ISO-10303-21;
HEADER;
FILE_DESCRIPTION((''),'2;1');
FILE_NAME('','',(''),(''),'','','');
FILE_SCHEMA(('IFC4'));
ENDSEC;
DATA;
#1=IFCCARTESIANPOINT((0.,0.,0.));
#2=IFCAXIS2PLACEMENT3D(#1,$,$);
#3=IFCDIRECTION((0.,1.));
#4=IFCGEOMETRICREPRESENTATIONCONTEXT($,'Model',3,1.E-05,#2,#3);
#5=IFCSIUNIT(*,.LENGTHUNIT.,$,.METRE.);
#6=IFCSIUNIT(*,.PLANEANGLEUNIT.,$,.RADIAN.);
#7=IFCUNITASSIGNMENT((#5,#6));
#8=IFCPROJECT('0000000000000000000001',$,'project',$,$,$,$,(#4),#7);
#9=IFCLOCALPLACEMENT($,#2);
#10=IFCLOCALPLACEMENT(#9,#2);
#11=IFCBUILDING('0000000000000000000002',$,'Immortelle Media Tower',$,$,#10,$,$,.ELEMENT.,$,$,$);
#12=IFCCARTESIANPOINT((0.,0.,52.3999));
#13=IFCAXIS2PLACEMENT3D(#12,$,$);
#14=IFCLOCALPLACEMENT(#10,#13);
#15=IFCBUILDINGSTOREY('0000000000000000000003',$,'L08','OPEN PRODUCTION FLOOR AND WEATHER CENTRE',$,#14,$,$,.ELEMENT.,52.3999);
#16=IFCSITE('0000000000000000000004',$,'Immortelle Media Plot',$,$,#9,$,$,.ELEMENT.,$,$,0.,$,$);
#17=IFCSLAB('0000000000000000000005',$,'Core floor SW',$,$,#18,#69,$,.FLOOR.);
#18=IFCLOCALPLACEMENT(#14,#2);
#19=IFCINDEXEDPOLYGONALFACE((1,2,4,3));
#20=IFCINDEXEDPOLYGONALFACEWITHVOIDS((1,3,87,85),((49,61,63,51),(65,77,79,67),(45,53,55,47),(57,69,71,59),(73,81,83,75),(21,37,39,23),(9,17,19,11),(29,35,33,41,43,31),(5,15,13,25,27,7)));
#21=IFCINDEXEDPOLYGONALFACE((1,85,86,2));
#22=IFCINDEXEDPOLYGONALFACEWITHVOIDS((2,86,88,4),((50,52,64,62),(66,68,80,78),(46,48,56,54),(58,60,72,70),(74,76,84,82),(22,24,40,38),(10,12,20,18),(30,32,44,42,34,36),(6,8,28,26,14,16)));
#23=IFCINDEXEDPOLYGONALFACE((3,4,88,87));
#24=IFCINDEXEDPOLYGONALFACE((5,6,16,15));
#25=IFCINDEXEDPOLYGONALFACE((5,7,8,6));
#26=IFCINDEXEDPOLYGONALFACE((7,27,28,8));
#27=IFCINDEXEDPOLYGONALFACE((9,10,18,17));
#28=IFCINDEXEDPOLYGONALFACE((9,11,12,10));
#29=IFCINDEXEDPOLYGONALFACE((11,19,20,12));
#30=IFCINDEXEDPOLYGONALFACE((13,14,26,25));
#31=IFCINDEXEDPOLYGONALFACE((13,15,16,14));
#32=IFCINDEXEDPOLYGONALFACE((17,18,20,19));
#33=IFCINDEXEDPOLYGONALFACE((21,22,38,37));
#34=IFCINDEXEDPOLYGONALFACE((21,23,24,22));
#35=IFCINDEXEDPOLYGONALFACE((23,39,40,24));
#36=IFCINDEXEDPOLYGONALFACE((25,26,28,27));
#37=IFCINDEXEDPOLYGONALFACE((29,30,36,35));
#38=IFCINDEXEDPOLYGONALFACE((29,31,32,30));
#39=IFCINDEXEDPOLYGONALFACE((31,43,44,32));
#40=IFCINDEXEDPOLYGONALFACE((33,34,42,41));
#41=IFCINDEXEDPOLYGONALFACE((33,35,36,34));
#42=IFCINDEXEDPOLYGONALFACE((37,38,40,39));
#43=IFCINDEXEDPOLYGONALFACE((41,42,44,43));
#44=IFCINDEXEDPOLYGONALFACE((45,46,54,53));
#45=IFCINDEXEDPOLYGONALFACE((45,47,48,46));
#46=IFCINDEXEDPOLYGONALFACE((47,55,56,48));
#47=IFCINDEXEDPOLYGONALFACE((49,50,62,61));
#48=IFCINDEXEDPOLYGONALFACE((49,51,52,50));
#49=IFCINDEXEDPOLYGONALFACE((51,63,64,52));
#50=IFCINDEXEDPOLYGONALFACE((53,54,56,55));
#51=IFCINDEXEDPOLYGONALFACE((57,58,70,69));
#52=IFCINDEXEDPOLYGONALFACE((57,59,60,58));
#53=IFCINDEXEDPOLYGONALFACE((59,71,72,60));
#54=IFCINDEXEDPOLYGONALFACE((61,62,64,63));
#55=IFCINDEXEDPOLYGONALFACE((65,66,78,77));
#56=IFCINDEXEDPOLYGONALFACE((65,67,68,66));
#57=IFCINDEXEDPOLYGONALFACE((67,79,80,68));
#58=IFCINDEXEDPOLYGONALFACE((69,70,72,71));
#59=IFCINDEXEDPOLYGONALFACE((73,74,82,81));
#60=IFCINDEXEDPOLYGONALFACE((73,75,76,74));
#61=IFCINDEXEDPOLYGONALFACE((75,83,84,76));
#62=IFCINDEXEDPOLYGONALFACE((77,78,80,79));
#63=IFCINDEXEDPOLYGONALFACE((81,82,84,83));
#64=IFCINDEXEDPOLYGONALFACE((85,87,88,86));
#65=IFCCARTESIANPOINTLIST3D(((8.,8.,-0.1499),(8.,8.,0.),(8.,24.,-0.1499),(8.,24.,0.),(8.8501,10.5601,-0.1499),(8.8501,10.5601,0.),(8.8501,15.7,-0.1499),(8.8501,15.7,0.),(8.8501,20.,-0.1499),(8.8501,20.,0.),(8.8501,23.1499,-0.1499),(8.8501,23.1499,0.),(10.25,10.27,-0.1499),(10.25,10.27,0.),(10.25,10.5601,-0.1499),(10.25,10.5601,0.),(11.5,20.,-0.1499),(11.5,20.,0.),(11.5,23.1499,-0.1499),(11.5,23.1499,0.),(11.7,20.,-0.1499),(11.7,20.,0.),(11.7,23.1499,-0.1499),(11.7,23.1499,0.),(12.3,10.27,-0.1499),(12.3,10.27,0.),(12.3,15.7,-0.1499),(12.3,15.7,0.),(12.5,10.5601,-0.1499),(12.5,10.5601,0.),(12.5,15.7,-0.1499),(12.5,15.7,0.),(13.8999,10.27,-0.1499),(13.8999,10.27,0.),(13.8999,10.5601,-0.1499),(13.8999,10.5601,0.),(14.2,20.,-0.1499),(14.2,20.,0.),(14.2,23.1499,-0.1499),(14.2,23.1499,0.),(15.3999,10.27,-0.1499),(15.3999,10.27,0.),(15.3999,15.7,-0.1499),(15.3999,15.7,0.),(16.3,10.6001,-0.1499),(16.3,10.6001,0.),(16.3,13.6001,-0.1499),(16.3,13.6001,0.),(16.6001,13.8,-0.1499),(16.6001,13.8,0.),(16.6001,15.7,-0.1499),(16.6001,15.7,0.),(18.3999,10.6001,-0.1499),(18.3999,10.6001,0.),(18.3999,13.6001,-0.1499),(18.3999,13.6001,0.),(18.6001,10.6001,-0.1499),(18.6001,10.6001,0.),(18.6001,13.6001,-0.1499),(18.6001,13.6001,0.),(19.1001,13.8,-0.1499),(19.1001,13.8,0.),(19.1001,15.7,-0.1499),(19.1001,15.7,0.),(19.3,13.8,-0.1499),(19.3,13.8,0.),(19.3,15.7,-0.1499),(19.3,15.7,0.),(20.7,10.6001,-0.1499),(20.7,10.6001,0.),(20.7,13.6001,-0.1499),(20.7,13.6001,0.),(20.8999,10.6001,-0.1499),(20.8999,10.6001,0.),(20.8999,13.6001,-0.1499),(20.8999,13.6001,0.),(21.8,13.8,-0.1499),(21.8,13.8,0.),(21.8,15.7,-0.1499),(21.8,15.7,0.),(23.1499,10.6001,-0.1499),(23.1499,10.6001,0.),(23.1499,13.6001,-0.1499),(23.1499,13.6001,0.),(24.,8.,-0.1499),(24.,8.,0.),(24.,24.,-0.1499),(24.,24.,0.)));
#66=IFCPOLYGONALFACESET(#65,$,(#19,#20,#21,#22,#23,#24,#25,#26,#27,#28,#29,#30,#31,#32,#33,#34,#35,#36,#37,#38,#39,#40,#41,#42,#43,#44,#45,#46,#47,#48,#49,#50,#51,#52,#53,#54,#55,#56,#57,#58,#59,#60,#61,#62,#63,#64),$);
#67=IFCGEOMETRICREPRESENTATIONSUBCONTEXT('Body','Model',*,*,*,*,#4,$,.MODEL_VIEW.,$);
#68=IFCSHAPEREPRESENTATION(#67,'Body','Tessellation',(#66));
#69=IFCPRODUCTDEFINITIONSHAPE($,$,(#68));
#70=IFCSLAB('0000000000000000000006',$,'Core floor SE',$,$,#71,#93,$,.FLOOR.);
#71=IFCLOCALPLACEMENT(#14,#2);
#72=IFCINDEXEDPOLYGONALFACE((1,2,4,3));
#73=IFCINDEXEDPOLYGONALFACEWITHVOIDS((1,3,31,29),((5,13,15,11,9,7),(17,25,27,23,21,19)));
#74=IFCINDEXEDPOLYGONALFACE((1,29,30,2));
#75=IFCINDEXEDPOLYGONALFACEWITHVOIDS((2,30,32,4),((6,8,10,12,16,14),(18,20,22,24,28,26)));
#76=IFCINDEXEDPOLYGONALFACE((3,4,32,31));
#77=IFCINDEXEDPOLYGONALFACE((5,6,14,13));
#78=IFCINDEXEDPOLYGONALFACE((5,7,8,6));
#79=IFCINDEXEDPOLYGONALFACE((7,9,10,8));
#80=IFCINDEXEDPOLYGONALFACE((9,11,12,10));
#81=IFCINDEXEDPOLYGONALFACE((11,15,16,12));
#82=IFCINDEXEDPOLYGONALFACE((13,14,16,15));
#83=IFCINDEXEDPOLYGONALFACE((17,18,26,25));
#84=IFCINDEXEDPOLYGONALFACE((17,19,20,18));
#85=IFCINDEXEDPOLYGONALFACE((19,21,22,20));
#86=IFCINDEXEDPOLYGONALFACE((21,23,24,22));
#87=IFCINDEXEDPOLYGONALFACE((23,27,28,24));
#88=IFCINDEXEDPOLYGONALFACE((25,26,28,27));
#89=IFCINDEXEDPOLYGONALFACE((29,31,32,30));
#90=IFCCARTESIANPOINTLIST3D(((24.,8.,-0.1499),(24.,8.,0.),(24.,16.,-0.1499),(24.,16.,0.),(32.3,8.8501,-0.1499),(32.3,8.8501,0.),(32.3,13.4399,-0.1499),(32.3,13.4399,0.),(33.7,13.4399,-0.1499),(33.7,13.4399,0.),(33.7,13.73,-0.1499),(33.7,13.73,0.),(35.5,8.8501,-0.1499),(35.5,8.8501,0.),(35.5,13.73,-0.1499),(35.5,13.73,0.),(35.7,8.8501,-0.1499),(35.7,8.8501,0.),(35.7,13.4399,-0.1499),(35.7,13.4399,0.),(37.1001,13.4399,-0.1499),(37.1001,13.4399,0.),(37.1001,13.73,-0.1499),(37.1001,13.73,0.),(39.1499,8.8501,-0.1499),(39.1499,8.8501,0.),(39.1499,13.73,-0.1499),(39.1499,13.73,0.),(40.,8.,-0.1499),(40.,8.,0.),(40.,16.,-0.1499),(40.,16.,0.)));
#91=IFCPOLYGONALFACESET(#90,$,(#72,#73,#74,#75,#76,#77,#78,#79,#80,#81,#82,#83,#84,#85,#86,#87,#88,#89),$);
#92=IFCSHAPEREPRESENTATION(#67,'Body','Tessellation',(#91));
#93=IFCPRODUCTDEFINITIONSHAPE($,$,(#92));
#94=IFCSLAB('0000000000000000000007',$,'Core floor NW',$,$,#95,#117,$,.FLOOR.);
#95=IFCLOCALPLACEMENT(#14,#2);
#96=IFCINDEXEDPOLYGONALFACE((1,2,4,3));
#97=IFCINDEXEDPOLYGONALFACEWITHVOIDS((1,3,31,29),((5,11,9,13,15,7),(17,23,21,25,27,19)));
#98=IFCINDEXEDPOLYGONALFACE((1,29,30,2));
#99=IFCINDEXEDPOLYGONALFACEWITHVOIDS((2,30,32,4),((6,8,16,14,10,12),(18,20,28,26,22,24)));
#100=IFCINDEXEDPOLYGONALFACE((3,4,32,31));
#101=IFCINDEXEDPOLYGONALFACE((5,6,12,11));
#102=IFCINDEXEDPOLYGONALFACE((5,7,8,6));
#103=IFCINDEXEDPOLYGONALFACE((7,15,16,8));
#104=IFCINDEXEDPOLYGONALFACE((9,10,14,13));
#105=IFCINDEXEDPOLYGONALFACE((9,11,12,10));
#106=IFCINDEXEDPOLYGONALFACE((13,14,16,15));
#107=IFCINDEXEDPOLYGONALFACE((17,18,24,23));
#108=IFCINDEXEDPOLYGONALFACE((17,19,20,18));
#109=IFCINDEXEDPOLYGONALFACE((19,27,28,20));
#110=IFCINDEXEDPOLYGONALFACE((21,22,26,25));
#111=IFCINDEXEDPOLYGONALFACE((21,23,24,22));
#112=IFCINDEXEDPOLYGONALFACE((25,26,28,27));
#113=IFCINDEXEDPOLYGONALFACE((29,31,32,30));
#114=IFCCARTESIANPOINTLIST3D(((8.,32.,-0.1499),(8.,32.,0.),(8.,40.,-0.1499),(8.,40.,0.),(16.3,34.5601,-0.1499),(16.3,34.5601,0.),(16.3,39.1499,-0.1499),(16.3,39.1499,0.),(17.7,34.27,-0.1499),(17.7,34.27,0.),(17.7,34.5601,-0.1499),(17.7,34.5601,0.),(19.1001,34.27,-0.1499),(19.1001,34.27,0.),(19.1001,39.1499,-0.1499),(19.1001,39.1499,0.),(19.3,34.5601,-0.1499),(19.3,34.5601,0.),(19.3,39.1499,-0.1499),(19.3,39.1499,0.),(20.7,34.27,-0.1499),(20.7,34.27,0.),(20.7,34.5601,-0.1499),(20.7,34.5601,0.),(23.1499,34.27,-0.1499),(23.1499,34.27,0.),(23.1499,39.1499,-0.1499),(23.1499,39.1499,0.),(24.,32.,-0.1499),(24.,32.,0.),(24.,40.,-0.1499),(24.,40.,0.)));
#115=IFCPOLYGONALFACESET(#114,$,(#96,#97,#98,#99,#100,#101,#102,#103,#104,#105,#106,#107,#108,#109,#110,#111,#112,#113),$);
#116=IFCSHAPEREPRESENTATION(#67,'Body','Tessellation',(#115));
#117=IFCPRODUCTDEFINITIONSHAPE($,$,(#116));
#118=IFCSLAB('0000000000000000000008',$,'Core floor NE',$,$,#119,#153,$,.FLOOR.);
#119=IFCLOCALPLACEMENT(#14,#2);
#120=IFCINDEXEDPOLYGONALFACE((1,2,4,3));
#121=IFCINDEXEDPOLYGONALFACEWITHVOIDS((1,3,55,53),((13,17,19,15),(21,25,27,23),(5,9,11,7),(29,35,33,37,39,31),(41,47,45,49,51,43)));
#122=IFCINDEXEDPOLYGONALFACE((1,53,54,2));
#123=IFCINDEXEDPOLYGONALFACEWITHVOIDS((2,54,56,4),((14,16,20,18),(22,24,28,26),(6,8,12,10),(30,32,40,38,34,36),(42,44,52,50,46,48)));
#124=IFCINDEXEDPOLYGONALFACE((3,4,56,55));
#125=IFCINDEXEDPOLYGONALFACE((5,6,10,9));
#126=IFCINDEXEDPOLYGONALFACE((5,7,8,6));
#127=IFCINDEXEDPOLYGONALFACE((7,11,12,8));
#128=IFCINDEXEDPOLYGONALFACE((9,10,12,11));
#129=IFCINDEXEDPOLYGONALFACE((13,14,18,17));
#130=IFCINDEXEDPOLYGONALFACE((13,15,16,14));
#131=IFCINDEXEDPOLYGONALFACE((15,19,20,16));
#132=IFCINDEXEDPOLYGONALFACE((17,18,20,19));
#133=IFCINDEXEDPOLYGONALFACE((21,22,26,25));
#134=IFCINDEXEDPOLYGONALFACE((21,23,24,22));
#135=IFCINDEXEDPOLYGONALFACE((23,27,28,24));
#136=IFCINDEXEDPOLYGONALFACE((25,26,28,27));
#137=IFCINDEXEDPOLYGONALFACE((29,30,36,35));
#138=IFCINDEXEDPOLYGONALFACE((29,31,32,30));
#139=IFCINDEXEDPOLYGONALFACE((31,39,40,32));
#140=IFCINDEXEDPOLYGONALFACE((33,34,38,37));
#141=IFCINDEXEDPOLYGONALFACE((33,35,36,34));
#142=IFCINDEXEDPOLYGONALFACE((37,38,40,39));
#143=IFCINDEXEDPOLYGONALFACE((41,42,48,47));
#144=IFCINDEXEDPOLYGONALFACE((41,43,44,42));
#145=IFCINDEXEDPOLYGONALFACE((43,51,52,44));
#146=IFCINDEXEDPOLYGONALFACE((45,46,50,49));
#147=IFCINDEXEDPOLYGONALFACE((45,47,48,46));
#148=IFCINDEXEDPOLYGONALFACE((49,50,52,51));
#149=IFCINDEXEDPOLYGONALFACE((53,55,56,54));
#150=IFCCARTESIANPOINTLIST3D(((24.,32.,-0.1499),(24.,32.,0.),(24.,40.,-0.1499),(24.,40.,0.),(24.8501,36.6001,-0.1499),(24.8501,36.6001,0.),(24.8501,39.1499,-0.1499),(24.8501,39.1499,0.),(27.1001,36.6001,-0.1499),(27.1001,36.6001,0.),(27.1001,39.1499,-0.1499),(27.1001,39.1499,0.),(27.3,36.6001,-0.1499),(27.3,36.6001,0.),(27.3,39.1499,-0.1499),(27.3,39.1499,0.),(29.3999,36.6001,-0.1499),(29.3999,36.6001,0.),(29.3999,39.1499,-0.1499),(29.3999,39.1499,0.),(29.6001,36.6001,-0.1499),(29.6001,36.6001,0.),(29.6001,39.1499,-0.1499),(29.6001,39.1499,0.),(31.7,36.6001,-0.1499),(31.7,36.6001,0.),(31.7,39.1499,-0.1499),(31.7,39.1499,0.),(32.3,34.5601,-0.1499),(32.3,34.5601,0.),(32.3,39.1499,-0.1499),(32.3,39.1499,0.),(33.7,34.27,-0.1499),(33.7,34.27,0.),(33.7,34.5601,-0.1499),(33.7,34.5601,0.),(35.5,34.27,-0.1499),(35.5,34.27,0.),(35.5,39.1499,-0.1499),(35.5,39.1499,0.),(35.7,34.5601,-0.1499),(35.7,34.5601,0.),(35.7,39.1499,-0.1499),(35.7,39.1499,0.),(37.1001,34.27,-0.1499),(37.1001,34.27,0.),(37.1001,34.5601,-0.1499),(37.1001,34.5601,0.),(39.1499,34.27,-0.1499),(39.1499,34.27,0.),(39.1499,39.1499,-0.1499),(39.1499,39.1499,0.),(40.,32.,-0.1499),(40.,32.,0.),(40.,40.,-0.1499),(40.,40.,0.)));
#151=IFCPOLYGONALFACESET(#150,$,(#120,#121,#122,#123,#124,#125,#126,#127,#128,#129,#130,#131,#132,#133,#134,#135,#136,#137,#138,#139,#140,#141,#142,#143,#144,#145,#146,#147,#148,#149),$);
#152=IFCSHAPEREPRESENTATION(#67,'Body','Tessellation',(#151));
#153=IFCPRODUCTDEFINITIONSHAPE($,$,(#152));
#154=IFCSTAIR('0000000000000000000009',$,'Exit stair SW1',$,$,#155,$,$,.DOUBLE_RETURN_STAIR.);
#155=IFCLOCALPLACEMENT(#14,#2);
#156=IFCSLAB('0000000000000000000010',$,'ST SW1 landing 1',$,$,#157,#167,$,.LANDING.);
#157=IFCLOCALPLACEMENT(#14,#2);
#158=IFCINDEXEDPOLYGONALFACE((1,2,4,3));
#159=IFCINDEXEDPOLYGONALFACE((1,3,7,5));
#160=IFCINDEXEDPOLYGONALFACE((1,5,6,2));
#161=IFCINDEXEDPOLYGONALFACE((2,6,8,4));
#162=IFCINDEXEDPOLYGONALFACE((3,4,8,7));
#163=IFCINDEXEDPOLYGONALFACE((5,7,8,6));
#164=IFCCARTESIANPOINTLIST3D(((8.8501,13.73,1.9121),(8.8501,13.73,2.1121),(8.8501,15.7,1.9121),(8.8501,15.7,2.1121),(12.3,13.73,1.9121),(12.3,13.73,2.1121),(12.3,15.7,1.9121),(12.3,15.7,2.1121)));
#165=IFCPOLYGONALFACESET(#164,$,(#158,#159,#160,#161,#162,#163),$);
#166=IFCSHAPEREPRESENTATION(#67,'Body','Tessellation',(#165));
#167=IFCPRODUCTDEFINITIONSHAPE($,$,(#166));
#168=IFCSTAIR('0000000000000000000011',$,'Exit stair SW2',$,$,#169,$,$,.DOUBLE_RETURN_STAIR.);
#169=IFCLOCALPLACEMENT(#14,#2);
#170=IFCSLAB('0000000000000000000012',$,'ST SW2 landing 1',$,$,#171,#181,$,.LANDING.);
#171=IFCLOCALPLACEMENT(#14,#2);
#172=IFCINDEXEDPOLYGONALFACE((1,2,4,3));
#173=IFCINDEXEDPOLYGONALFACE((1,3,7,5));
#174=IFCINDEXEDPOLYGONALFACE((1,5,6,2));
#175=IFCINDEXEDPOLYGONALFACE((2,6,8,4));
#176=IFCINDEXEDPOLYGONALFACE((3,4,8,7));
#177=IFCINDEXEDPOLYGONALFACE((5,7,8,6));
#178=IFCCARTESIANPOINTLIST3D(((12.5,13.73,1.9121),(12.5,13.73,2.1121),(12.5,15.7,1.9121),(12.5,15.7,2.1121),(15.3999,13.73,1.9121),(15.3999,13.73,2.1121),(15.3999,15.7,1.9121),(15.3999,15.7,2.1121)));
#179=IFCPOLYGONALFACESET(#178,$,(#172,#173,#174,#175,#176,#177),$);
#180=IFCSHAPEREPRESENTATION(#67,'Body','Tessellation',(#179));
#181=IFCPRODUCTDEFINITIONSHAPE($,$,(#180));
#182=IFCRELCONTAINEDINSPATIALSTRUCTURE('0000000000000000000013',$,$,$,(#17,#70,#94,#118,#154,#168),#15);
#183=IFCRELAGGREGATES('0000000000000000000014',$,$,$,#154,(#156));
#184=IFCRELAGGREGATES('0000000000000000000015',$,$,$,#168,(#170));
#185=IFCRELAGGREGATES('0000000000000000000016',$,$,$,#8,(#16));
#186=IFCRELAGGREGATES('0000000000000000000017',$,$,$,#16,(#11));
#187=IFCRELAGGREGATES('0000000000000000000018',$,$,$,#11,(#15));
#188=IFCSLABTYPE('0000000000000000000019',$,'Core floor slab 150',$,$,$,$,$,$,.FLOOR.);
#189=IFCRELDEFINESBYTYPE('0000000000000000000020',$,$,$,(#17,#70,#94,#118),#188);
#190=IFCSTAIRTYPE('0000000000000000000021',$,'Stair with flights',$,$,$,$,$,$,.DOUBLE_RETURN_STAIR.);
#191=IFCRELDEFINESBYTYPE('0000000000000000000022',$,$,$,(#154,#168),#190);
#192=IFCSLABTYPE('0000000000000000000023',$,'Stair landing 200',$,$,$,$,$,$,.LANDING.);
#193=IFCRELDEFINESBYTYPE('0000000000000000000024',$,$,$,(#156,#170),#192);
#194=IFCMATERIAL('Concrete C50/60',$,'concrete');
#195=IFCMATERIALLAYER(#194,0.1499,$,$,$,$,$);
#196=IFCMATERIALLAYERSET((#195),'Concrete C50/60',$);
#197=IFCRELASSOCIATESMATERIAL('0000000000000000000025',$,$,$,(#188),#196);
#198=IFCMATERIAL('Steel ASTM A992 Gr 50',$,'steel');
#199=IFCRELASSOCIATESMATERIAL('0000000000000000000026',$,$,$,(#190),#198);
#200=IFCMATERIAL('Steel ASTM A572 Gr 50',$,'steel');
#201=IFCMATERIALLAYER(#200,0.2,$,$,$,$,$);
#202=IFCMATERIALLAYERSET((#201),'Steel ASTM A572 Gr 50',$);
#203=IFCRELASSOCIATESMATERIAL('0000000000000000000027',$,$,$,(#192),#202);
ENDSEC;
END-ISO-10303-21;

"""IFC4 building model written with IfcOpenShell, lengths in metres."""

from ifc_helpers import new_model, si_unit, direction, frame, origin, place, context, subcontext, project, spatial, polyline, outline, extrude, material, layer, layer_set, type_object, element, aggregate, save


model = new_model("IFC4")

# Units and contexts
model_context = context("Model", 3, precision=1e-05, world=origin(), true_north=direction((0.0, 1.0)))
body_context = subcontext(model_context, "Body", "Model", "MODEL_VIEW")
ifc_project = project(units=[si_unit("LENGTHUNIT", "METRE"), si_unit("PLANEANGLEUNIT", "RADIAN")], contexts=[model_context])

# Site, building, storey
site_placement = place(None, origin())
site = spatial("IfcSite", under=ifc_project, at=site_placement, Name="Immortelle Media Plot", CompositionType="ELEMENT", RefElevation=0.0)
building_placement = place(site_placement, origin())
building = spatial("IfcBuilding", under=site, at=building_placement, Name="Immortelle Media Tower", CompositionType="ELEMENT")
storey_placement = place(building_placement, frame((0.0, 0.0, 52.3999)))
storey = spatial("IfcBuildingStorey", under=building, at=storey_placement, Name="L08", Description="OPEN PRODUCTION FLOOR AND WEATHER CENTRE", CompositionType="ELEMENT", Elevation=52.3999)

# Slabs
ifc_material_1 = material(Name="Concrete C50/60", Category="concrete")
ifc_layer_1 = layer(ifc_material_1, 0.1499)
ifc_layer_set_1 = layer_set([ifc_layer_1], Name="Concrete C50/60")
slab_type_1 = type_object("IfcSlabType", Name="Core floor slab 150", PredefinedType="FLOOR", material=ifc_layer_set_1)
slab_1_placement = place(storey_placement, frame((0.0, 0.0, -0.1499)))
element("IfcSlab", 1, at=slab_1_placement, inside=storey, type_object=slab_type_1, Name="Core floor SW", PredefinedType="FLOOR", context=body_context, shape_type="SweptSolid", body=[
    extrude(outline(polyline([(8.0, 8.0), (24.0, 8.0), (24.0, 24.0), (8.0, 24.0), (8.0, 8.0)]), holes=[polyline([(8.8501, 20.0), (11.5, 20.0), (11.5, 23.1499), (8.8501, 23.1499), (8.8501, 20.0)]), polyline([(11.7, 20.0), (14.2, 20.0), (14.2, 23.1499), (11.7, 23.1499), (11.7, 20.0)]), polyline([(16.6001, 13.8), (19.1001, 13.8), (19.1001, 15.7), (16.6001, 15.7), (16.6001, 13.8)]), polyline([(19.3, 13.8), (21.8, 13.8), (21.8, 15.7), (19.3, 15.7), (19.3, 13.8)]), polyline([(16.3, 10.6001), (18.3999, 10.6001), (18.3999, 13.6001), (16.3, 13.6001), (16.3, 10.6001)]), polyline([(18.6001, 10.6001), (20.7, 10.6001), (20.7, 13.6001), (18.6001, 13.6001), (18.6001, 10.6001)]), polyline([(20.8999, 10.6001), (23.1499, 10.6001), (23.1499, 13.6001), (20.8999, 13.6001), (20.8999, 10.6001)]), polyline([(8.8501, 15.7), (12.3, 15.7), (12.3, 10.27), (10.25, 10.27), (10.25, 10.5601), (8.8501, 10.5601), (8.8501, 15.7)]), polyline([(12.5, 15.7), (15.3999, 15.7), (15.3999, 10.27), (13.8999, 10.27), (13.8999, 10.5601), (12.5, 10.5601), (12.5, 15.7)])]), origin(), (0.0, 0.0, 1.0), 0.1499),
])
slab_2_placement = place(storey_placement, frame((0.0, 0.0, -0.1499)))
element("IfcSlab", 2, at=slab_2_placement, inside=storey, type_object=slab_type_1, Name="Core floor SE", PredefinedType="FLOOR", context=body_context, shape_type="SweptSolid", body=[
    extrude(outline(polyline([(24.0, 8.0), (40.0, 8.0), (40.0, 16.0), (24.0, 16.0), (24.0, 8.0)]), holes=[polyline([(35.5, 13.73), (35.5, 8.8501), (32.3, 8.8501), (32.3, 13.4399), (33.7, 13.4399), (33.7, 13.73), (35.5, 13.73)]), polyline([(39.1499, 13.73), (39.1499, 8.8501), (35.7, 8.8501), (35.7, 13.4399), (37.1001, 13.4399), (37.1001, 13.73), (39.1499, 13.73)])]), origin(), (0.0, 0.0, 1.0), 0.1499),
])
slab_3_placement = place(storey_placement, frame((0.0, 0.0, -0.1499)))
element("IfcSlab", 3, at=slab_3_placement, inside=storey, type_object=slab_type_1, Name="Core floor NW", PredefinedType="FLOOR", context=body_context, shape_type="SweptSolid", body=[
    extrude(outline(polyline([(8.0, 32.0), (24.0, 32.0), (24.0, 40.0), (8.0, 40.0), (8.0, 32.0)]), holes=[polyline([(16.3, 39.1499), (19.1001, 39.1499), (19.1001, 34.27), (17.7, 34.27), (17.7, 34.5601), (16.3, 34.5601), (16.3, 39.1499)]), polyline([(19.3, 39.1499), (23.1499, 39.1499), (23.1499, 34.27), (20.7, 34.27), (20.7, 34.5601), (19.3, 34.5601), (19.3, 39.1499)])]), origin(), (0.0, 0.0, 1.0), 0.1499),
])
slab_4_placement = place(storey_placement, frame((0.0, 0.0, -0.1499)))
element("IfcSlab", 4, at=slab_4_placement, inside=storey, type_object=slab_type_1, Name="Core floor NE", PredefinedType="FLOOR", context=body_context, shape_type="SweptSolid", body=[
    extrude(outline(polyline([(24.0, 32.0), (40.0, 32.0), (40.0, 40.0), (24.0, 40.0), (24.0, 32.0)]), holes=[polyline([(24.8501, 36.6001), (27.1001, 36.6001), (27.1001, 39.1499), (24.8501, 39.1499), (24.8501, 36.6001)]), polyline([(27.3, 36.6001), (29.3999, 36.6001), (29.3999, 39.1499), (27.3, 39.1499), (27.3, 36.6001)]), polyline([(29.6001, 36.6001), (31.7, 36.6001), (31.7, 39.1499), (29.6001, 39.1499), (29.6001, 36.6001)]), polyline([(32.3, 39.1499), (35.5, 39.1499), (35.5, 34.27), (33.7, 34.27), (33.7, 34.5601), (32.3, 34.5601), (32.3, 39.1499)]), polyline([(35.7, 39.1499), (39.1499, 39.1499), (39.1499, 34.27), (37.1001, 34.27), (37.1001, 34.5601), (35.7, 34.5601), (35.7, 39.1499)])]), origin(), (0.0, 0.0, 1.0), 0.1499),
])

# Stairs, slabs
ifc_material_2 = material(Name="Steel ASTM A992 Gr 50", Category="steel")
stair_type = type_object("IfcStairType", Name="Stair with flights", PredefinedType="DOUBLE_RETURN_STAIR", material=ifc_material_2)
stair_1_placement = place(storey_placement, origin())
stair_1 = element("IfcStair", 5, at=stair_1_placement, inside=storey, type_object=stair_type, Name="Exit stair SW1", PredefinedType="DOUBLE_RETURN_STAIR")
ifc_material_3 = material(Name="Steel ASTM A572 Gr 50", Category="steel")
ifc_layer_2 = layer(ifc_material_3, 0.2)
ifc_layer_set_2 = layer_set([ifc_layer_2], Name="Steel ASTM A572 Gr 50")
slab_type_2 = type_object("IfcSlabType", Name="Stair landing 200", PredefinedType="LANDING", material=ifc_layer_set_2)
slab_5_placement = place(storey_placement, frame((0.0, 0.0, 1.9121)))
slab_5 = element("IfcSlab", 6, at=slab_5_placement, type_object=slab_type_2, Name="ST SW1 landing 1", PredefinedType="LANDING", context=body_context, shape_type="SweptSolid", body=[
    extrude(outline(polyline([(8.8501, 13.73), (12.3, 13.73), (12.3, 15.7), (8.8501, 15.7), (8.8501, 13.73)])), origin(), (0.0, 0.0, 1.0), 0.2),
])
aggregate(stair_1, [slab_5])
stair_2_placement = place(storey_placement, origin())
stair_2 = element("IfcStair", 7, at=stair_2_placement, inside=storey, type_object=stair_type, Name="Exit stair SW2", PredefinedType="DOUBLE_RETURN_STAIR")
slab_6_placement = place(storey_placement, frame((0.0, 0.0, 1.9121)))
slab_6 = element("IfcSlab", 8, at=slab_6_placement, type_object=slab_type_2, Name="ST SW2 landing 1", PredefinedType="LANDING", context=body_context, shape_type="SweptSolid", body=[
    extrude(outline(polyline([(12.5, 13.73), (15.3999, 13.73), (15.3999, 15.7), (12.5, 15.7), (12.5, 13.73)])), origin(), (0.0, 0.0, 1.0), 0.2),
])
aggregate(stair_2, [slab_6])

save(model, "model.ifc")
